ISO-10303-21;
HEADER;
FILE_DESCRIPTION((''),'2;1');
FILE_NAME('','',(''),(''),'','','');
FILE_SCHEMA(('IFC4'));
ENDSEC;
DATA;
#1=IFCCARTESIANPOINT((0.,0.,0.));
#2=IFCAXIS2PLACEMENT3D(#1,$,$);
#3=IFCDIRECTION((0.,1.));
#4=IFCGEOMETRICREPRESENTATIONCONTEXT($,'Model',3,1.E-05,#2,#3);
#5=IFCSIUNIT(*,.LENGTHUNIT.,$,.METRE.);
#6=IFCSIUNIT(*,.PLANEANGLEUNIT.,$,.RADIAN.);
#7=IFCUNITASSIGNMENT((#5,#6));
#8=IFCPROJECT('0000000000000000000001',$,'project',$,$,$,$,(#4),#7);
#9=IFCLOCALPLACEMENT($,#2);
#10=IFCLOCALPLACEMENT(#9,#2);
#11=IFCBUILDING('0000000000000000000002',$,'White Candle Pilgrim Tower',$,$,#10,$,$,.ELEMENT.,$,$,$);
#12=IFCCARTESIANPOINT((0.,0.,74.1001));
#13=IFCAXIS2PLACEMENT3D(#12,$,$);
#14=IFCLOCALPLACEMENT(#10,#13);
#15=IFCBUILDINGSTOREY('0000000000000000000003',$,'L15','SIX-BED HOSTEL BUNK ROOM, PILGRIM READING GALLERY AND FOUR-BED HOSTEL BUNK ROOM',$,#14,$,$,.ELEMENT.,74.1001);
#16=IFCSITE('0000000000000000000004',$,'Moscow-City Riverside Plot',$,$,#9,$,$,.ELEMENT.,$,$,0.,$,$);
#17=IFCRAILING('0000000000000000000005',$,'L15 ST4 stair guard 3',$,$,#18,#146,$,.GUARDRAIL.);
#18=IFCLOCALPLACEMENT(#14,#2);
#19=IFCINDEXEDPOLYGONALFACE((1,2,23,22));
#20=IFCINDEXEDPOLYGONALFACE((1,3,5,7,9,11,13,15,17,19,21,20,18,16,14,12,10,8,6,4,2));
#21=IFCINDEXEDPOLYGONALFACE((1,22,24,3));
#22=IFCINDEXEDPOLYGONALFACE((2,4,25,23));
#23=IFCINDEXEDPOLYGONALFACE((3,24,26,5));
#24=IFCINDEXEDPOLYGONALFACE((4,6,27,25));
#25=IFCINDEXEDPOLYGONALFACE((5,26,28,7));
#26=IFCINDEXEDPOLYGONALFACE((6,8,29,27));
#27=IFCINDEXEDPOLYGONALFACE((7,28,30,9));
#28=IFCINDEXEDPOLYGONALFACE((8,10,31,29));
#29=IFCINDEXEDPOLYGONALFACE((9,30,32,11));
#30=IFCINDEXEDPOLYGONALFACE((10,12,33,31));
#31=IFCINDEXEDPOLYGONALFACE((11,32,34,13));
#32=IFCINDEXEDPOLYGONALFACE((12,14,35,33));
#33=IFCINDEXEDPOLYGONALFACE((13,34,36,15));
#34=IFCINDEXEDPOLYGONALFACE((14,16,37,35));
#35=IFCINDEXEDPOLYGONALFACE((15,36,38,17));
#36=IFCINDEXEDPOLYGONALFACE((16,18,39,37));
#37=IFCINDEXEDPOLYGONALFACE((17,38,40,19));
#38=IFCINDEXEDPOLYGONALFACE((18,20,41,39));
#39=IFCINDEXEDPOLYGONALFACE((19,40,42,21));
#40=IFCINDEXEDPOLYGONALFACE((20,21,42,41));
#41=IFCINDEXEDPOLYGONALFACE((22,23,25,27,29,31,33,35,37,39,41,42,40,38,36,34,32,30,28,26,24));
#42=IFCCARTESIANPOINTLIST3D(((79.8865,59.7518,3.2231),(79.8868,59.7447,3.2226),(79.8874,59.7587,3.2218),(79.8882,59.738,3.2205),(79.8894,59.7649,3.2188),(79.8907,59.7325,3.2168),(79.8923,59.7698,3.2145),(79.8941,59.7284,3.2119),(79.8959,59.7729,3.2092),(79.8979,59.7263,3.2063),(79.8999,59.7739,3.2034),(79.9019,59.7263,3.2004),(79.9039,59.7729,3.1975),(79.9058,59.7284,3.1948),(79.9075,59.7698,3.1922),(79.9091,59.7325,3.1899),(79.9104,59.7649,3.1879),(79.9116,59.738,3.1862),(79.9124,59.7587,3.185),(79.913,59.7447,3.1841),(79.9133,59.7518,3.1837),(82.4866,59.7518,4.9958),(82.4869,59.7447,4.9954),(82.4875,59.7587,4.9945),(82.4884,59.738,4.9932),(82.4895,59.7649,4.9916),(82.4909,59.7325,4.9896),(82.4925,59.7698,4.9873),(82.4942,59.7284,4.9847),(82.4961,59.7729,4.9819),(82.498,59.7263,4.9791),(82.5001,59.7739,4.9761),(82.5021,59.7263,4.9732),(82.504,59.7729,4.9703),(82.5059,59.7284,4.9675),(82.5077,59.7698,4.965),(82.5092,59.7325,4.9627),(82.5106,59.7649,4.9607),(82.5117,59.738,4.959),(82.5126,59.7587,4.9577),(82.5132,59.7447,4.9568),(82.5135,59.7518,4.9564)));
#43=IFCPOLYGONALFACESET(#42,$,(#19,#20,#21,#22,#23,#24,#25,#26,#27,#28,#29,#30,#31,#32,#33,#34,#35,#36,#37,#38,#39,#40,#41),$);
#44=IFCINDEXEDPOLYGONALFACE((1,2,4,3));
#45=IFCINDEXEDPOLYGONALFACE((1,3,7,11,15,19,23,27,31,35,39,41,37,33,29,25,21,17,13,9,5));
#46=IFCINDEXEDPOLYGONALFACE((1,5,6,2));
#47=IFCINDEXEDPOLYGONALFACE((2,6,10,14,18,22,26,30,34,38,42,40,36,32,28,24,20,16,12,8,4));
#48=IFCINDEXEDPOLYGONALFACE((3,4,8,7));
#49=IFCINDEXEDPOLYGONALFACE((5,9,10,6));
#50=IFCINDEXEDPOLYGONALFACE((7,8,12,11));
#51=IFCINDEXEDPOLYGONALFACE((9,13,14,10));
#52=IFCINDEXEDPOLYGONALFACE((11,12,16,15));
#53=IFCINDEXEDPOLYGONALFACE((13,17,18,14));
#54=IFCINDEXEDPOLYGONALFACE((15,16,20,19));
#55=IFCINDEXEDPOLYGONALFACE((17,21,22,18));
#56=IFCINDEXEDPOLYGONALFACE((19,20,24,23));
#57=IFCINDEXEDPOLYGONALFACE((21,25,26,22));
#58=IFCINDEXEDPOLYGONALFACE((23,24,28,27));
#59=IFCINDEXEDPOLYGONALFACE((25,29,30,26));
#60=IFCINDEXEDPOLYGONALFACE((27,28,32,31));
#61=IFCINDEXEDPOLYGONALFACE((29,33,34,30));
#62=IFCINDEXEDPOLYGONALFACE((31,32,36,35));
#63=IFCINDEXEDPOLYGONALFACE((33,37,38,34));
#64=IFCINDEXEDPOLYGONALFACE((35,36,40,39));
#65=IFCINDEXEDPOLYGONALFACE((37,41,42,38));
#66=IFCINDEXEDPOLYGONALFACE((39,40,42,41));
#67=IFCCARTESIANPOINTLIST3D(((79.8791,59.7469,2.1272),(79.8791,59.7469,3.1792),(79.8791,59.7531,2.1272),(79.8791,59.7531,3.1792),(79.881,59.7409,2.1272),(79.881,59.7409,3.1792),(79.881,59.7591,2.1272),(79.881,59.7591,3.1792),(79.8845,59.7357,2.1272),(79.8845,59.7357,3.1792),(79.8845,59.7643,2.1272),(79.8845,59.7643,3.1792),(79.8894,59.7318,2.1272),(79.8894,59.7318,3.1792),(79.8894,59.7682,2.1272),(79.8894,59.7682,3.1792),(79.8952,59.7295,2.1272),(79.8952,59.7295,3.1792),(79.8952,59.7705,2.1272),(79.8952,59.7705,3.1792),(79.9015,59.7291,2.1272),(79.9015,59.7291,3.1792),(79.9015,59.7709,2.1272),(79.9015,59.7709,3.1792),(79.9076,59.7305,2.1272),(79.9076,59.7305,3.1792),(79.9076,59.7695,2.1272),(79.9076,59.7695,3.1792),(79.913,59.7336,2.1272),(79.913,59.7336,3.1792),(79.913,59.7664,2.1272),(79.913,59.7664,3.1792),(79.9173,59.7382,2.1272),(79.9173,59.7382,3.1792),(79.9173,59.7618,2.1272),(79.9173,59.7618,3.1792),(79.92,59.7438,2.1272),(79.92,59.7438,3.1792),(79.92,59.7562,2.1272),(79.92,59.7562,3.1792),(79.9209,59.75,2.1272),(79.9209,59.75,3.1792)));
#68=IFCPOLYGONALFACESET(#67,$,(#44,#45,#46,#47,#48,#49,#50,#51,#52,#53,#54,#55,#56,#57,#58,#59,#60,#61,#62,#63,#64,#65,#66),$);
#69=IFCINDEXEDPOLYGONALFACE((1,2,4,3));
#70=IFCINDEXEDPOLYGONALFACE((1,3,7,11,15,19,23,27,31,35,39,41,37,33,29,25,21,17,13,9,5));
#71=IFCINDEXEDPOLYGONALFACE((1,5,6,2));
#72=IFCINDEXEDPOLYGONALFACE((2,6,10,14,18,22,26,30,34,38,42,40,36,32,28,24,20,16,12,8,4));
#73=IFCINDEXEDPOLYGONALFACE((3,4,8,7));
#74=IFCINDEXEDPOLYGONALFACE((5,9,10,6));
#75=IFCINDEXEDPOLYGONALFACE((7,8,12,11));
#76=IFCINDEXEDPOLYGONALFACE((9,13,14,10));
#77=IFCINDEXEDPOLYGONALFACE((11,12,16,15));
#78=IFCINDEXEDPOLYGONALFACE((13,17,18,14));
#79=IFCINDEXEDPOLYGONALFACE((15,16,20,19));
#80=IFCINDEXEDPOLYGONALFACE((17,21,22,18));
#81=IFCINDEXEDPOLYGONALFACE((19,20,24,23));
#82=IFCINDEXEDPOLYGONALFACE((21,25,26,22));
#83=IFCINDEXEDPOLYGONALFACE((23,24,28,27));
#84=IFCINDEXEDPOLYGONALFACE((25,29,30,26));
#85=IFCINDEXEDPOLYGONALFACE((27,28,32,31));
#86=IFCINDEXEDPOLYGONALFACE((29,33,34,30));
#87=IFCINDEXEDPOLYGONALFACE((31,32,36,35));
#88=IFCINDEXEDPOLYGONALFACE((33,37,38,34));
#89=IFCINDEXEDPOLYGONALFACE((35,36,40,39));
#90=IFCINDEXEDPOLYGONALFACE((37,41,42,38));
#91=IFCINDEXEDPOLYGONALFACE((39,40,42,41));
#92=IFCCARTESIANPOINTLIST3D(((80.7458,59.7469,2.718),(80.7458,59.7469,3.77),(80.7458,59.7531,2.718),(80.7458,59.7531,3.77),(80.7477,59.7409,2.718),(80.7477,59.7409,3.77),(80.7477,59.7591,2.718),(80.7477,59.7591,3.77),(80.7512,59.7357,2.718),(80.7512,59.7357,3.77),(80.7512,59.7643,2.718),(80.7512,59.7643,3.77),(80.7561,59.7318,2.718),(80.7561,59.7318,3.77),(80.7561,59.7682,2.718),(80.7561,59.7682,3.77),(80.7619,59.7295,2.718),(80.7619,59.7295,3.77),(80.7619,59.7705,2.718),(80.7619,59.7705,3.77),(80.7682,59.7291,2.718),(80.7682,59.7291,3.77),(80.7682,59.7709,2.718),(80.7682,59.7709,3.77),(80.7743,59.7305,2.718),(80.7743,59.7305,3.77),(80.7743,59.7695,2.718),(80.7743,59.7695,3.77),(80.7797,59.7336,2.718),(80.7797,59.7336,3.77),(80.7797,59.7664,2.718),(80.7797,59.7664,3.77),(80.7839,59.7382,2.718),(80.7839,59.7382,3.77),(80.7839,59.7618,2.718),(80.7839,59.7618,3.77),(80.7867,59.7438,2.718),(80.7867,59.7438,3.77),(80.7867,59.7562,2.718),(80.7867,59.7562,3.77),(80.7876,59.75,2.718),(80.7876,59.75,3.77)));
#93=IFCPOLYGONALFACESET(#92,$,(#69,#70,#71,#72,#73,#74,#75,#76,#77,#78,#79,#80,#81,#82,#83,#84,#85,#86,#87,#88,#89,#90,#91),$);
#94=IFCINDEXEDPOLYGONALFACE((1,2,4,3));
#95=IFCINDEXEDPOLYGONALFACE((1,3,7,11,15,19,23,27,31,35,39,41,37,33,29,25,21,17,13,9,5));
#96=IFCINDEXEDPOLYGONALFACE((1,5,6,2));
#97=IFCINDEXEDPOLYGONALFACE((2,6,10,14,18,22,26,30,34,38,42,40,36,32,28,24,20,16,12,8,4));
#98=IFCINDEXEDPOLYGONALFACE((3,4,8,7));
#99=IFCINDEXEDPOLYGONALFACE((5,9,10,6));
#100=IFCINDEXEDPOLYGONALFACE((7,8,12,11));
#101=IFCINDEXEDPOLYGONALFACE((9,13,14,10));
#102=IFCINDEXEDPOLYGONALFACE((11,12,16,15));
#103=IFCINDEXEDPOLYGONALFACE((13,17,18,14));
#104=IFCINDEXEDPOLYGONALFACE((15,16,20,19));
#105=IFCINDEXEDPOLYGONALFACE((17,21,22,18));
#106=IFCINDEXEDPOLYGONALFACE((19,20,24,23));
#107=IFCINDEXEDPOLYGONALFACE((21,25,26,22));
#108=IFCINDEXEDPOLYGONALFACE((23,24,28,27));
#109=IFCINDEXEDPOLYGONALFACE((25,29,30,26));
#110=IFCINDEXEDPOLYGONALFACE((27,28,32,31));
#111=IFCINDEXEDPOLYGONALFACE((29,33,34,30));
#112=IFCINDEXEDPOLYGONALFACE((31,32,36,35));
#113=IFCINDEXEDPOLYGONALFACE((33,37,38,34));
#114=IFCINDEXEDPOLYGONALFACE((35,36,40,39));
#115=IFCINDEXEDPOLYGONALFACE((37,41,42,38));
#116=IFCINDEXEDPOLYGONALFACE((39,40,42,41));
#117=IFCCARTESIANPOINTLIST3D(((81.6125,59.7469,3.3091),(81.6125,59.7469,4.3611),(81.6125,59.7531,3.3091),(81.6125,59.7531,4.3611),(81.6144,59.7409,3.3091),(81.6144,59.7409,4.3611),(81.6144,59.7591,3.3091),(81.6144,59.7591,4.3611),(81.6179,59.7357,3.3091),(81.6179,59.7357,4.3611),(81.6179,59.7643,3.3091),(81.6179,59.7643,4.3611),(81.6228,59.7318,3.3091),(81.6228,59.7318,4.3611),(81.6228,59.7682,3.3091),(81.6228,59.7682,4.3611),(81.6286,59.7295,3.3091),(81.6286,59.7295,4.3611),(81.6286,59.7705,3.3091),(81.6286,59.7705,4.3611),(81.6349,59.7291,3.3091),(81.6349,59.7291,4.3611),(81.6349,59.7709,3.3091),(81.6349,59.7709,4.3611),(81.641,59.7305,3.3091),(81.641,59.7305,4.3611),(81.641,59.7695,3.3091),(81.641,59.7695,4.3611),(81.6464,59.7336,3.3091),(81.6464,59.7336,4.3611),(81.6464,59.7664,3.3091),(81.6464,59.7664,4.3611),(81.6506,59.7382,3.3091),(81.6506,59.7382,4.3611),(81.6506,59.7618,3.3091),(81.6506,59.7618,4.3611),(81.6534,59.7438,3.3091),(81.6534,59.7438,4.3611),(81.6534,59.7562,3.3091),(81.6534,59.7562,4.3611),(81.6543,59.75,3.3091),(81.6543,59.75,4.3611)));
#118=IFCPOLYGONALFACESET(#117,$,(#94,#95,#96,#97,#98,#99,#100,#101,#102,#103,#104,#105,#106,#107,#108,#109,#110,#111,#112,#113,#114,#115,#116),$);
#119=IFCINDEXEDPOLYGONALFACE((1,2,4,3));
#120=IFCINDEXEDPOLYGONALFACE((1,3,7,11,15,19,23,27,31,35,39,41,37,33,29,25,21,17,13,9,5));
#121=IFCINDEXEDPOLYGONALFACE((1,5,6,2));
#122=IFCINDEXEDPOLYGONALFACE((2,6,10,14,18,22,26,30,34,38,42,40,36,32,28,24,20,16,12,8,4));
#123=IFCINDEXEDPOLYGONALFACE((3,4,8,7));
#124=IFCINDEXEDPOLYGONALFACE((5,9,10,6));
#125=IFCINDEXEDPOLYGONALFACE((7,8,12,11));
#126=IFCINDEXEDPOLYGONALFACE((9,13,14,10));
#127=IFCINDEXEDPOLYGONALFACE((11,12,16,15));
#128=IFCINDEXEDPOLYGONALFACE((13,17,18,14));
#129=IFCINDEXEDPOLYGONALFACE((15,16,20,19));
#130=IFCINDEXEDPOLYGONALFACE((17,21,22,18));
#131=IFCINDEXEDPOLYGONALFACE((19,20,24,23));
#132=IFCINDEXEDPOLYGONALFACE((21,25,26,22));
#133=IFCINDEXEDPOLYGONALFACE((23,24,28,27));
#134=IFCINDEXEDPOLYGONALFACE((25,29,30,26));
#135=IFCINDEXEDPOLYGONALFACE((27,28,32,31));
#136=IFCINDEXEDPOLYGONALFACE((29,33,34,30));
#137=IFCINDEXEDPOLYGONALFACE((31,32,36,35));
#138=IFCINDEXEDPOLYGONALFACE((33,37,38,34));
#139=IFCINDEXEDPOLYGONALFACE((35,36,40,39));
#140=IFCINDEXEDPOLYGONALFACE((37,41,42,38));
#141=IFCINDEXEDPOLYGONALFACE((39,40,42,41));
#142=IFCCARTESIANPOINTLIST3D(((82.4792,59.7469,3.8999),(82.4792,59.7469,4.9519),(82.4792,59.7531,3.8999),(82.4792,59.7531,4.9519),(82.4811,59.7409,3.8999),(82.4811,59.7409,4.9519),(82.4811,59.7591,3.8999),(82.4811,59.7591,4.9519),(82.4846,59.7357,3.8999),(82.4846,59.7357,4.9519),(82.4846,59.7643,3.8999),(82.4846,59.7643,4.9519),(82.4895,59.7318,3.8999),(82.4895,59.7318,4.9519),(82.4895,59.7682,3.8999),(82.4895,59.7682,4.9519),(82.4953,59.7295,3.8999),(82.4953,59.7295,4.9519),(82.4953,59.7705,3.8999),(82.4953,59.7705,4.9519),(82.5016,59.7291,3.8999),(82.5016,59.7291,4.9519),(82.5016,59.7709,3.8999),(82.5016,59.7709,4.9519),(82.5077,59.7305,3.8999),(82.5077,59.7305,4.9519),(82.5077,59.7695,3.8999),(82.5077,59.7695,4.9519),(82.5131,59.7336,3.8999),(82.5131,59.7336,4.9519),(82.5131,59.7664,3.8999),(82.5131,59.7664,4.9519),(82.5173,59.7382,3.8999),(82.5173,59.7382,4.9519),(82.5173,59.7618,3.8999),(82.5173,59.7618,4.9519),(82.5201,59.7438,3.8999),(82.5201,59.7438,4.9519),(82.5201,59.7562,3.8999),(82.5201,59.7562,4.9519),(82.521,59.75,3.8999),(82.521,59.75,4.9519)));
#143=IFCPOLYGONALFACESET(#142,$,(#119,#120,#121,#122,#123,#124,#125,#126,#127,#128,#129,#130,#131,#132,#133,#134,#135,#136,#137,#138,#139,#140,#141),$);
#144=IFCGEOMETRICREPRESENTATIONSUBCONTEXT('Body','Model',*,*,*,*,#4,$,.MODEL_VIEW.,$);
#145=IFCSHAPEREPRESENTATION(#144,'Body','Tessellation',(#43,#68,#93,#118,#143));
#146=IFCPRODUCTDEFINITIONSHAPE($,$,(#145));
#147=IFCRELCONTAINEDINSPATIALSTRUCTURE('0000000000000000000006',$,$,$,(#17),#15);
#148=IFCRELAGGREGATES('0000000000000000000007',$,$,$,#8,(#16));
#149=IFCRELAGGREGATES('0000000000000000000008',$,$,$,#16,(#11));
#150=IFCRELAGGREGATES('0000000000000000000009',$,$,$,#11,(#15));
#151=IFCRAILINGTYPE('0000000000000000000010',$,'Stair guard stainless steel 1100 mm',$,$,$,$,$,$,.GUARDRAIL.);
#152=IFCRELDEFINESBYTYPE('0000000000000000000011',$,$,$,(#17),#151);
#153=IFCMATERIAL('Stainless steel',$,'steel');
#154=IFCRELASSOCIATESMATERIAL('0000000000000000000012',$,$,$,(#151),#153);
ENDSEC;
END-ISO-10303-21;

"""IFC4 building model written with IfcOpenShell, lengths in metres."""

from ifc_helpers import new_model, si_unit, direction, frame, origin, origin_2d, place, context, subcontext, project, spatial, circle, extrude, material, type_object, element, save


model = new_model("IFC4")

# Units and contexts
model_context = context("Model", 3, precision=1e-05, world=origin(), true_north=direction((0.0, 1.0)))
body_context = subcontext(model_context, "Body", "Model", "MODEL_VIEW")
ifc_project = project(units=[si_unit("LENGTHUNIT", "METRE"), si_unit("PLANEANGLEUNIT", "RADIAN")], contexts=[model_context])

# Site, building, storey
site_placement = place(None, origin())
site = spatial("IfcSite", under=ifc_project, at=site_placement, Name="Moscow-City Riverside Plot", CompositionType="ELEMENT", RefElevation=0.0)
building_placement = place(site_placement, origin())
building = spatial("IfcBuilding", under=site, at=building_placement, Name="White Candle Pilgrim Tower", CompositionType="ELEMENT")
storey_placement = place(building_placement, frame((0.0, 0.0, 74.1001)))
storey = spatial("IfcBuildingStorey", under=building, at=storey_placement, Name="L15", Description="SIX-BED HOSTEL BUNK ROOM, PILGRIM READING GALLERY AND FOUR-BED HOSTEL BUNK ROOM", CompositionType="ELEMENT", Elevation=74.1001)

# Railing
ifc_material_1 = material(Name="Stainless steel", Category="steel")
railing_type_1 = type_object("IfcRailingType", Name="Stair guard stainless steel 1100 mm", PredefinedType="GUARDRAIL", material=ifc_material_1)
railing_1_placement = place(storey_placement, frame((79.8999, 59.75, 2.1272)))
element("IfcRailing", 1, at=railing_1_placement, inside=storey, type_object=railing_type_1, Name="L15 ST4 stair guard 3", PredefinedType="GUARDRAIL", context=body_context, shape_type="SweptSolid", body=[
    extrude(circle(Radius=0.0239, at=origin_2d()), frame((0.0, 0.0, 1.0762), z_axis=(0.82624, 0.0, 0.563318), x_axis=(0.0, 1.0, 0.0)), (0.0, 0.0, 1.0), 3.147),
    extrude(circle(Radius=0.021, at=origin_2d()), origin(), (0.0, 0.0, 1.0), 1.052),
    extrude(circle(Radius=0.021, at=origin_2d()), frame((0.8667, 0.0, 0.5908)), (0.0, 0.0, 1.0), 1.052),
    extrude(circle(Radius=0.021, at=origin_2d()), frame((1.7334, 0.0, 1.1819)), (0.0, 0.0, 1.0), 1.052),
    extrude(circle(Radius=0.021, at=origin_2d()), frame((2.6001, 0.0, 1.7727)), (0.0, 0.0, 1.0), 1.052),
])

save(model, "model.ifc")
